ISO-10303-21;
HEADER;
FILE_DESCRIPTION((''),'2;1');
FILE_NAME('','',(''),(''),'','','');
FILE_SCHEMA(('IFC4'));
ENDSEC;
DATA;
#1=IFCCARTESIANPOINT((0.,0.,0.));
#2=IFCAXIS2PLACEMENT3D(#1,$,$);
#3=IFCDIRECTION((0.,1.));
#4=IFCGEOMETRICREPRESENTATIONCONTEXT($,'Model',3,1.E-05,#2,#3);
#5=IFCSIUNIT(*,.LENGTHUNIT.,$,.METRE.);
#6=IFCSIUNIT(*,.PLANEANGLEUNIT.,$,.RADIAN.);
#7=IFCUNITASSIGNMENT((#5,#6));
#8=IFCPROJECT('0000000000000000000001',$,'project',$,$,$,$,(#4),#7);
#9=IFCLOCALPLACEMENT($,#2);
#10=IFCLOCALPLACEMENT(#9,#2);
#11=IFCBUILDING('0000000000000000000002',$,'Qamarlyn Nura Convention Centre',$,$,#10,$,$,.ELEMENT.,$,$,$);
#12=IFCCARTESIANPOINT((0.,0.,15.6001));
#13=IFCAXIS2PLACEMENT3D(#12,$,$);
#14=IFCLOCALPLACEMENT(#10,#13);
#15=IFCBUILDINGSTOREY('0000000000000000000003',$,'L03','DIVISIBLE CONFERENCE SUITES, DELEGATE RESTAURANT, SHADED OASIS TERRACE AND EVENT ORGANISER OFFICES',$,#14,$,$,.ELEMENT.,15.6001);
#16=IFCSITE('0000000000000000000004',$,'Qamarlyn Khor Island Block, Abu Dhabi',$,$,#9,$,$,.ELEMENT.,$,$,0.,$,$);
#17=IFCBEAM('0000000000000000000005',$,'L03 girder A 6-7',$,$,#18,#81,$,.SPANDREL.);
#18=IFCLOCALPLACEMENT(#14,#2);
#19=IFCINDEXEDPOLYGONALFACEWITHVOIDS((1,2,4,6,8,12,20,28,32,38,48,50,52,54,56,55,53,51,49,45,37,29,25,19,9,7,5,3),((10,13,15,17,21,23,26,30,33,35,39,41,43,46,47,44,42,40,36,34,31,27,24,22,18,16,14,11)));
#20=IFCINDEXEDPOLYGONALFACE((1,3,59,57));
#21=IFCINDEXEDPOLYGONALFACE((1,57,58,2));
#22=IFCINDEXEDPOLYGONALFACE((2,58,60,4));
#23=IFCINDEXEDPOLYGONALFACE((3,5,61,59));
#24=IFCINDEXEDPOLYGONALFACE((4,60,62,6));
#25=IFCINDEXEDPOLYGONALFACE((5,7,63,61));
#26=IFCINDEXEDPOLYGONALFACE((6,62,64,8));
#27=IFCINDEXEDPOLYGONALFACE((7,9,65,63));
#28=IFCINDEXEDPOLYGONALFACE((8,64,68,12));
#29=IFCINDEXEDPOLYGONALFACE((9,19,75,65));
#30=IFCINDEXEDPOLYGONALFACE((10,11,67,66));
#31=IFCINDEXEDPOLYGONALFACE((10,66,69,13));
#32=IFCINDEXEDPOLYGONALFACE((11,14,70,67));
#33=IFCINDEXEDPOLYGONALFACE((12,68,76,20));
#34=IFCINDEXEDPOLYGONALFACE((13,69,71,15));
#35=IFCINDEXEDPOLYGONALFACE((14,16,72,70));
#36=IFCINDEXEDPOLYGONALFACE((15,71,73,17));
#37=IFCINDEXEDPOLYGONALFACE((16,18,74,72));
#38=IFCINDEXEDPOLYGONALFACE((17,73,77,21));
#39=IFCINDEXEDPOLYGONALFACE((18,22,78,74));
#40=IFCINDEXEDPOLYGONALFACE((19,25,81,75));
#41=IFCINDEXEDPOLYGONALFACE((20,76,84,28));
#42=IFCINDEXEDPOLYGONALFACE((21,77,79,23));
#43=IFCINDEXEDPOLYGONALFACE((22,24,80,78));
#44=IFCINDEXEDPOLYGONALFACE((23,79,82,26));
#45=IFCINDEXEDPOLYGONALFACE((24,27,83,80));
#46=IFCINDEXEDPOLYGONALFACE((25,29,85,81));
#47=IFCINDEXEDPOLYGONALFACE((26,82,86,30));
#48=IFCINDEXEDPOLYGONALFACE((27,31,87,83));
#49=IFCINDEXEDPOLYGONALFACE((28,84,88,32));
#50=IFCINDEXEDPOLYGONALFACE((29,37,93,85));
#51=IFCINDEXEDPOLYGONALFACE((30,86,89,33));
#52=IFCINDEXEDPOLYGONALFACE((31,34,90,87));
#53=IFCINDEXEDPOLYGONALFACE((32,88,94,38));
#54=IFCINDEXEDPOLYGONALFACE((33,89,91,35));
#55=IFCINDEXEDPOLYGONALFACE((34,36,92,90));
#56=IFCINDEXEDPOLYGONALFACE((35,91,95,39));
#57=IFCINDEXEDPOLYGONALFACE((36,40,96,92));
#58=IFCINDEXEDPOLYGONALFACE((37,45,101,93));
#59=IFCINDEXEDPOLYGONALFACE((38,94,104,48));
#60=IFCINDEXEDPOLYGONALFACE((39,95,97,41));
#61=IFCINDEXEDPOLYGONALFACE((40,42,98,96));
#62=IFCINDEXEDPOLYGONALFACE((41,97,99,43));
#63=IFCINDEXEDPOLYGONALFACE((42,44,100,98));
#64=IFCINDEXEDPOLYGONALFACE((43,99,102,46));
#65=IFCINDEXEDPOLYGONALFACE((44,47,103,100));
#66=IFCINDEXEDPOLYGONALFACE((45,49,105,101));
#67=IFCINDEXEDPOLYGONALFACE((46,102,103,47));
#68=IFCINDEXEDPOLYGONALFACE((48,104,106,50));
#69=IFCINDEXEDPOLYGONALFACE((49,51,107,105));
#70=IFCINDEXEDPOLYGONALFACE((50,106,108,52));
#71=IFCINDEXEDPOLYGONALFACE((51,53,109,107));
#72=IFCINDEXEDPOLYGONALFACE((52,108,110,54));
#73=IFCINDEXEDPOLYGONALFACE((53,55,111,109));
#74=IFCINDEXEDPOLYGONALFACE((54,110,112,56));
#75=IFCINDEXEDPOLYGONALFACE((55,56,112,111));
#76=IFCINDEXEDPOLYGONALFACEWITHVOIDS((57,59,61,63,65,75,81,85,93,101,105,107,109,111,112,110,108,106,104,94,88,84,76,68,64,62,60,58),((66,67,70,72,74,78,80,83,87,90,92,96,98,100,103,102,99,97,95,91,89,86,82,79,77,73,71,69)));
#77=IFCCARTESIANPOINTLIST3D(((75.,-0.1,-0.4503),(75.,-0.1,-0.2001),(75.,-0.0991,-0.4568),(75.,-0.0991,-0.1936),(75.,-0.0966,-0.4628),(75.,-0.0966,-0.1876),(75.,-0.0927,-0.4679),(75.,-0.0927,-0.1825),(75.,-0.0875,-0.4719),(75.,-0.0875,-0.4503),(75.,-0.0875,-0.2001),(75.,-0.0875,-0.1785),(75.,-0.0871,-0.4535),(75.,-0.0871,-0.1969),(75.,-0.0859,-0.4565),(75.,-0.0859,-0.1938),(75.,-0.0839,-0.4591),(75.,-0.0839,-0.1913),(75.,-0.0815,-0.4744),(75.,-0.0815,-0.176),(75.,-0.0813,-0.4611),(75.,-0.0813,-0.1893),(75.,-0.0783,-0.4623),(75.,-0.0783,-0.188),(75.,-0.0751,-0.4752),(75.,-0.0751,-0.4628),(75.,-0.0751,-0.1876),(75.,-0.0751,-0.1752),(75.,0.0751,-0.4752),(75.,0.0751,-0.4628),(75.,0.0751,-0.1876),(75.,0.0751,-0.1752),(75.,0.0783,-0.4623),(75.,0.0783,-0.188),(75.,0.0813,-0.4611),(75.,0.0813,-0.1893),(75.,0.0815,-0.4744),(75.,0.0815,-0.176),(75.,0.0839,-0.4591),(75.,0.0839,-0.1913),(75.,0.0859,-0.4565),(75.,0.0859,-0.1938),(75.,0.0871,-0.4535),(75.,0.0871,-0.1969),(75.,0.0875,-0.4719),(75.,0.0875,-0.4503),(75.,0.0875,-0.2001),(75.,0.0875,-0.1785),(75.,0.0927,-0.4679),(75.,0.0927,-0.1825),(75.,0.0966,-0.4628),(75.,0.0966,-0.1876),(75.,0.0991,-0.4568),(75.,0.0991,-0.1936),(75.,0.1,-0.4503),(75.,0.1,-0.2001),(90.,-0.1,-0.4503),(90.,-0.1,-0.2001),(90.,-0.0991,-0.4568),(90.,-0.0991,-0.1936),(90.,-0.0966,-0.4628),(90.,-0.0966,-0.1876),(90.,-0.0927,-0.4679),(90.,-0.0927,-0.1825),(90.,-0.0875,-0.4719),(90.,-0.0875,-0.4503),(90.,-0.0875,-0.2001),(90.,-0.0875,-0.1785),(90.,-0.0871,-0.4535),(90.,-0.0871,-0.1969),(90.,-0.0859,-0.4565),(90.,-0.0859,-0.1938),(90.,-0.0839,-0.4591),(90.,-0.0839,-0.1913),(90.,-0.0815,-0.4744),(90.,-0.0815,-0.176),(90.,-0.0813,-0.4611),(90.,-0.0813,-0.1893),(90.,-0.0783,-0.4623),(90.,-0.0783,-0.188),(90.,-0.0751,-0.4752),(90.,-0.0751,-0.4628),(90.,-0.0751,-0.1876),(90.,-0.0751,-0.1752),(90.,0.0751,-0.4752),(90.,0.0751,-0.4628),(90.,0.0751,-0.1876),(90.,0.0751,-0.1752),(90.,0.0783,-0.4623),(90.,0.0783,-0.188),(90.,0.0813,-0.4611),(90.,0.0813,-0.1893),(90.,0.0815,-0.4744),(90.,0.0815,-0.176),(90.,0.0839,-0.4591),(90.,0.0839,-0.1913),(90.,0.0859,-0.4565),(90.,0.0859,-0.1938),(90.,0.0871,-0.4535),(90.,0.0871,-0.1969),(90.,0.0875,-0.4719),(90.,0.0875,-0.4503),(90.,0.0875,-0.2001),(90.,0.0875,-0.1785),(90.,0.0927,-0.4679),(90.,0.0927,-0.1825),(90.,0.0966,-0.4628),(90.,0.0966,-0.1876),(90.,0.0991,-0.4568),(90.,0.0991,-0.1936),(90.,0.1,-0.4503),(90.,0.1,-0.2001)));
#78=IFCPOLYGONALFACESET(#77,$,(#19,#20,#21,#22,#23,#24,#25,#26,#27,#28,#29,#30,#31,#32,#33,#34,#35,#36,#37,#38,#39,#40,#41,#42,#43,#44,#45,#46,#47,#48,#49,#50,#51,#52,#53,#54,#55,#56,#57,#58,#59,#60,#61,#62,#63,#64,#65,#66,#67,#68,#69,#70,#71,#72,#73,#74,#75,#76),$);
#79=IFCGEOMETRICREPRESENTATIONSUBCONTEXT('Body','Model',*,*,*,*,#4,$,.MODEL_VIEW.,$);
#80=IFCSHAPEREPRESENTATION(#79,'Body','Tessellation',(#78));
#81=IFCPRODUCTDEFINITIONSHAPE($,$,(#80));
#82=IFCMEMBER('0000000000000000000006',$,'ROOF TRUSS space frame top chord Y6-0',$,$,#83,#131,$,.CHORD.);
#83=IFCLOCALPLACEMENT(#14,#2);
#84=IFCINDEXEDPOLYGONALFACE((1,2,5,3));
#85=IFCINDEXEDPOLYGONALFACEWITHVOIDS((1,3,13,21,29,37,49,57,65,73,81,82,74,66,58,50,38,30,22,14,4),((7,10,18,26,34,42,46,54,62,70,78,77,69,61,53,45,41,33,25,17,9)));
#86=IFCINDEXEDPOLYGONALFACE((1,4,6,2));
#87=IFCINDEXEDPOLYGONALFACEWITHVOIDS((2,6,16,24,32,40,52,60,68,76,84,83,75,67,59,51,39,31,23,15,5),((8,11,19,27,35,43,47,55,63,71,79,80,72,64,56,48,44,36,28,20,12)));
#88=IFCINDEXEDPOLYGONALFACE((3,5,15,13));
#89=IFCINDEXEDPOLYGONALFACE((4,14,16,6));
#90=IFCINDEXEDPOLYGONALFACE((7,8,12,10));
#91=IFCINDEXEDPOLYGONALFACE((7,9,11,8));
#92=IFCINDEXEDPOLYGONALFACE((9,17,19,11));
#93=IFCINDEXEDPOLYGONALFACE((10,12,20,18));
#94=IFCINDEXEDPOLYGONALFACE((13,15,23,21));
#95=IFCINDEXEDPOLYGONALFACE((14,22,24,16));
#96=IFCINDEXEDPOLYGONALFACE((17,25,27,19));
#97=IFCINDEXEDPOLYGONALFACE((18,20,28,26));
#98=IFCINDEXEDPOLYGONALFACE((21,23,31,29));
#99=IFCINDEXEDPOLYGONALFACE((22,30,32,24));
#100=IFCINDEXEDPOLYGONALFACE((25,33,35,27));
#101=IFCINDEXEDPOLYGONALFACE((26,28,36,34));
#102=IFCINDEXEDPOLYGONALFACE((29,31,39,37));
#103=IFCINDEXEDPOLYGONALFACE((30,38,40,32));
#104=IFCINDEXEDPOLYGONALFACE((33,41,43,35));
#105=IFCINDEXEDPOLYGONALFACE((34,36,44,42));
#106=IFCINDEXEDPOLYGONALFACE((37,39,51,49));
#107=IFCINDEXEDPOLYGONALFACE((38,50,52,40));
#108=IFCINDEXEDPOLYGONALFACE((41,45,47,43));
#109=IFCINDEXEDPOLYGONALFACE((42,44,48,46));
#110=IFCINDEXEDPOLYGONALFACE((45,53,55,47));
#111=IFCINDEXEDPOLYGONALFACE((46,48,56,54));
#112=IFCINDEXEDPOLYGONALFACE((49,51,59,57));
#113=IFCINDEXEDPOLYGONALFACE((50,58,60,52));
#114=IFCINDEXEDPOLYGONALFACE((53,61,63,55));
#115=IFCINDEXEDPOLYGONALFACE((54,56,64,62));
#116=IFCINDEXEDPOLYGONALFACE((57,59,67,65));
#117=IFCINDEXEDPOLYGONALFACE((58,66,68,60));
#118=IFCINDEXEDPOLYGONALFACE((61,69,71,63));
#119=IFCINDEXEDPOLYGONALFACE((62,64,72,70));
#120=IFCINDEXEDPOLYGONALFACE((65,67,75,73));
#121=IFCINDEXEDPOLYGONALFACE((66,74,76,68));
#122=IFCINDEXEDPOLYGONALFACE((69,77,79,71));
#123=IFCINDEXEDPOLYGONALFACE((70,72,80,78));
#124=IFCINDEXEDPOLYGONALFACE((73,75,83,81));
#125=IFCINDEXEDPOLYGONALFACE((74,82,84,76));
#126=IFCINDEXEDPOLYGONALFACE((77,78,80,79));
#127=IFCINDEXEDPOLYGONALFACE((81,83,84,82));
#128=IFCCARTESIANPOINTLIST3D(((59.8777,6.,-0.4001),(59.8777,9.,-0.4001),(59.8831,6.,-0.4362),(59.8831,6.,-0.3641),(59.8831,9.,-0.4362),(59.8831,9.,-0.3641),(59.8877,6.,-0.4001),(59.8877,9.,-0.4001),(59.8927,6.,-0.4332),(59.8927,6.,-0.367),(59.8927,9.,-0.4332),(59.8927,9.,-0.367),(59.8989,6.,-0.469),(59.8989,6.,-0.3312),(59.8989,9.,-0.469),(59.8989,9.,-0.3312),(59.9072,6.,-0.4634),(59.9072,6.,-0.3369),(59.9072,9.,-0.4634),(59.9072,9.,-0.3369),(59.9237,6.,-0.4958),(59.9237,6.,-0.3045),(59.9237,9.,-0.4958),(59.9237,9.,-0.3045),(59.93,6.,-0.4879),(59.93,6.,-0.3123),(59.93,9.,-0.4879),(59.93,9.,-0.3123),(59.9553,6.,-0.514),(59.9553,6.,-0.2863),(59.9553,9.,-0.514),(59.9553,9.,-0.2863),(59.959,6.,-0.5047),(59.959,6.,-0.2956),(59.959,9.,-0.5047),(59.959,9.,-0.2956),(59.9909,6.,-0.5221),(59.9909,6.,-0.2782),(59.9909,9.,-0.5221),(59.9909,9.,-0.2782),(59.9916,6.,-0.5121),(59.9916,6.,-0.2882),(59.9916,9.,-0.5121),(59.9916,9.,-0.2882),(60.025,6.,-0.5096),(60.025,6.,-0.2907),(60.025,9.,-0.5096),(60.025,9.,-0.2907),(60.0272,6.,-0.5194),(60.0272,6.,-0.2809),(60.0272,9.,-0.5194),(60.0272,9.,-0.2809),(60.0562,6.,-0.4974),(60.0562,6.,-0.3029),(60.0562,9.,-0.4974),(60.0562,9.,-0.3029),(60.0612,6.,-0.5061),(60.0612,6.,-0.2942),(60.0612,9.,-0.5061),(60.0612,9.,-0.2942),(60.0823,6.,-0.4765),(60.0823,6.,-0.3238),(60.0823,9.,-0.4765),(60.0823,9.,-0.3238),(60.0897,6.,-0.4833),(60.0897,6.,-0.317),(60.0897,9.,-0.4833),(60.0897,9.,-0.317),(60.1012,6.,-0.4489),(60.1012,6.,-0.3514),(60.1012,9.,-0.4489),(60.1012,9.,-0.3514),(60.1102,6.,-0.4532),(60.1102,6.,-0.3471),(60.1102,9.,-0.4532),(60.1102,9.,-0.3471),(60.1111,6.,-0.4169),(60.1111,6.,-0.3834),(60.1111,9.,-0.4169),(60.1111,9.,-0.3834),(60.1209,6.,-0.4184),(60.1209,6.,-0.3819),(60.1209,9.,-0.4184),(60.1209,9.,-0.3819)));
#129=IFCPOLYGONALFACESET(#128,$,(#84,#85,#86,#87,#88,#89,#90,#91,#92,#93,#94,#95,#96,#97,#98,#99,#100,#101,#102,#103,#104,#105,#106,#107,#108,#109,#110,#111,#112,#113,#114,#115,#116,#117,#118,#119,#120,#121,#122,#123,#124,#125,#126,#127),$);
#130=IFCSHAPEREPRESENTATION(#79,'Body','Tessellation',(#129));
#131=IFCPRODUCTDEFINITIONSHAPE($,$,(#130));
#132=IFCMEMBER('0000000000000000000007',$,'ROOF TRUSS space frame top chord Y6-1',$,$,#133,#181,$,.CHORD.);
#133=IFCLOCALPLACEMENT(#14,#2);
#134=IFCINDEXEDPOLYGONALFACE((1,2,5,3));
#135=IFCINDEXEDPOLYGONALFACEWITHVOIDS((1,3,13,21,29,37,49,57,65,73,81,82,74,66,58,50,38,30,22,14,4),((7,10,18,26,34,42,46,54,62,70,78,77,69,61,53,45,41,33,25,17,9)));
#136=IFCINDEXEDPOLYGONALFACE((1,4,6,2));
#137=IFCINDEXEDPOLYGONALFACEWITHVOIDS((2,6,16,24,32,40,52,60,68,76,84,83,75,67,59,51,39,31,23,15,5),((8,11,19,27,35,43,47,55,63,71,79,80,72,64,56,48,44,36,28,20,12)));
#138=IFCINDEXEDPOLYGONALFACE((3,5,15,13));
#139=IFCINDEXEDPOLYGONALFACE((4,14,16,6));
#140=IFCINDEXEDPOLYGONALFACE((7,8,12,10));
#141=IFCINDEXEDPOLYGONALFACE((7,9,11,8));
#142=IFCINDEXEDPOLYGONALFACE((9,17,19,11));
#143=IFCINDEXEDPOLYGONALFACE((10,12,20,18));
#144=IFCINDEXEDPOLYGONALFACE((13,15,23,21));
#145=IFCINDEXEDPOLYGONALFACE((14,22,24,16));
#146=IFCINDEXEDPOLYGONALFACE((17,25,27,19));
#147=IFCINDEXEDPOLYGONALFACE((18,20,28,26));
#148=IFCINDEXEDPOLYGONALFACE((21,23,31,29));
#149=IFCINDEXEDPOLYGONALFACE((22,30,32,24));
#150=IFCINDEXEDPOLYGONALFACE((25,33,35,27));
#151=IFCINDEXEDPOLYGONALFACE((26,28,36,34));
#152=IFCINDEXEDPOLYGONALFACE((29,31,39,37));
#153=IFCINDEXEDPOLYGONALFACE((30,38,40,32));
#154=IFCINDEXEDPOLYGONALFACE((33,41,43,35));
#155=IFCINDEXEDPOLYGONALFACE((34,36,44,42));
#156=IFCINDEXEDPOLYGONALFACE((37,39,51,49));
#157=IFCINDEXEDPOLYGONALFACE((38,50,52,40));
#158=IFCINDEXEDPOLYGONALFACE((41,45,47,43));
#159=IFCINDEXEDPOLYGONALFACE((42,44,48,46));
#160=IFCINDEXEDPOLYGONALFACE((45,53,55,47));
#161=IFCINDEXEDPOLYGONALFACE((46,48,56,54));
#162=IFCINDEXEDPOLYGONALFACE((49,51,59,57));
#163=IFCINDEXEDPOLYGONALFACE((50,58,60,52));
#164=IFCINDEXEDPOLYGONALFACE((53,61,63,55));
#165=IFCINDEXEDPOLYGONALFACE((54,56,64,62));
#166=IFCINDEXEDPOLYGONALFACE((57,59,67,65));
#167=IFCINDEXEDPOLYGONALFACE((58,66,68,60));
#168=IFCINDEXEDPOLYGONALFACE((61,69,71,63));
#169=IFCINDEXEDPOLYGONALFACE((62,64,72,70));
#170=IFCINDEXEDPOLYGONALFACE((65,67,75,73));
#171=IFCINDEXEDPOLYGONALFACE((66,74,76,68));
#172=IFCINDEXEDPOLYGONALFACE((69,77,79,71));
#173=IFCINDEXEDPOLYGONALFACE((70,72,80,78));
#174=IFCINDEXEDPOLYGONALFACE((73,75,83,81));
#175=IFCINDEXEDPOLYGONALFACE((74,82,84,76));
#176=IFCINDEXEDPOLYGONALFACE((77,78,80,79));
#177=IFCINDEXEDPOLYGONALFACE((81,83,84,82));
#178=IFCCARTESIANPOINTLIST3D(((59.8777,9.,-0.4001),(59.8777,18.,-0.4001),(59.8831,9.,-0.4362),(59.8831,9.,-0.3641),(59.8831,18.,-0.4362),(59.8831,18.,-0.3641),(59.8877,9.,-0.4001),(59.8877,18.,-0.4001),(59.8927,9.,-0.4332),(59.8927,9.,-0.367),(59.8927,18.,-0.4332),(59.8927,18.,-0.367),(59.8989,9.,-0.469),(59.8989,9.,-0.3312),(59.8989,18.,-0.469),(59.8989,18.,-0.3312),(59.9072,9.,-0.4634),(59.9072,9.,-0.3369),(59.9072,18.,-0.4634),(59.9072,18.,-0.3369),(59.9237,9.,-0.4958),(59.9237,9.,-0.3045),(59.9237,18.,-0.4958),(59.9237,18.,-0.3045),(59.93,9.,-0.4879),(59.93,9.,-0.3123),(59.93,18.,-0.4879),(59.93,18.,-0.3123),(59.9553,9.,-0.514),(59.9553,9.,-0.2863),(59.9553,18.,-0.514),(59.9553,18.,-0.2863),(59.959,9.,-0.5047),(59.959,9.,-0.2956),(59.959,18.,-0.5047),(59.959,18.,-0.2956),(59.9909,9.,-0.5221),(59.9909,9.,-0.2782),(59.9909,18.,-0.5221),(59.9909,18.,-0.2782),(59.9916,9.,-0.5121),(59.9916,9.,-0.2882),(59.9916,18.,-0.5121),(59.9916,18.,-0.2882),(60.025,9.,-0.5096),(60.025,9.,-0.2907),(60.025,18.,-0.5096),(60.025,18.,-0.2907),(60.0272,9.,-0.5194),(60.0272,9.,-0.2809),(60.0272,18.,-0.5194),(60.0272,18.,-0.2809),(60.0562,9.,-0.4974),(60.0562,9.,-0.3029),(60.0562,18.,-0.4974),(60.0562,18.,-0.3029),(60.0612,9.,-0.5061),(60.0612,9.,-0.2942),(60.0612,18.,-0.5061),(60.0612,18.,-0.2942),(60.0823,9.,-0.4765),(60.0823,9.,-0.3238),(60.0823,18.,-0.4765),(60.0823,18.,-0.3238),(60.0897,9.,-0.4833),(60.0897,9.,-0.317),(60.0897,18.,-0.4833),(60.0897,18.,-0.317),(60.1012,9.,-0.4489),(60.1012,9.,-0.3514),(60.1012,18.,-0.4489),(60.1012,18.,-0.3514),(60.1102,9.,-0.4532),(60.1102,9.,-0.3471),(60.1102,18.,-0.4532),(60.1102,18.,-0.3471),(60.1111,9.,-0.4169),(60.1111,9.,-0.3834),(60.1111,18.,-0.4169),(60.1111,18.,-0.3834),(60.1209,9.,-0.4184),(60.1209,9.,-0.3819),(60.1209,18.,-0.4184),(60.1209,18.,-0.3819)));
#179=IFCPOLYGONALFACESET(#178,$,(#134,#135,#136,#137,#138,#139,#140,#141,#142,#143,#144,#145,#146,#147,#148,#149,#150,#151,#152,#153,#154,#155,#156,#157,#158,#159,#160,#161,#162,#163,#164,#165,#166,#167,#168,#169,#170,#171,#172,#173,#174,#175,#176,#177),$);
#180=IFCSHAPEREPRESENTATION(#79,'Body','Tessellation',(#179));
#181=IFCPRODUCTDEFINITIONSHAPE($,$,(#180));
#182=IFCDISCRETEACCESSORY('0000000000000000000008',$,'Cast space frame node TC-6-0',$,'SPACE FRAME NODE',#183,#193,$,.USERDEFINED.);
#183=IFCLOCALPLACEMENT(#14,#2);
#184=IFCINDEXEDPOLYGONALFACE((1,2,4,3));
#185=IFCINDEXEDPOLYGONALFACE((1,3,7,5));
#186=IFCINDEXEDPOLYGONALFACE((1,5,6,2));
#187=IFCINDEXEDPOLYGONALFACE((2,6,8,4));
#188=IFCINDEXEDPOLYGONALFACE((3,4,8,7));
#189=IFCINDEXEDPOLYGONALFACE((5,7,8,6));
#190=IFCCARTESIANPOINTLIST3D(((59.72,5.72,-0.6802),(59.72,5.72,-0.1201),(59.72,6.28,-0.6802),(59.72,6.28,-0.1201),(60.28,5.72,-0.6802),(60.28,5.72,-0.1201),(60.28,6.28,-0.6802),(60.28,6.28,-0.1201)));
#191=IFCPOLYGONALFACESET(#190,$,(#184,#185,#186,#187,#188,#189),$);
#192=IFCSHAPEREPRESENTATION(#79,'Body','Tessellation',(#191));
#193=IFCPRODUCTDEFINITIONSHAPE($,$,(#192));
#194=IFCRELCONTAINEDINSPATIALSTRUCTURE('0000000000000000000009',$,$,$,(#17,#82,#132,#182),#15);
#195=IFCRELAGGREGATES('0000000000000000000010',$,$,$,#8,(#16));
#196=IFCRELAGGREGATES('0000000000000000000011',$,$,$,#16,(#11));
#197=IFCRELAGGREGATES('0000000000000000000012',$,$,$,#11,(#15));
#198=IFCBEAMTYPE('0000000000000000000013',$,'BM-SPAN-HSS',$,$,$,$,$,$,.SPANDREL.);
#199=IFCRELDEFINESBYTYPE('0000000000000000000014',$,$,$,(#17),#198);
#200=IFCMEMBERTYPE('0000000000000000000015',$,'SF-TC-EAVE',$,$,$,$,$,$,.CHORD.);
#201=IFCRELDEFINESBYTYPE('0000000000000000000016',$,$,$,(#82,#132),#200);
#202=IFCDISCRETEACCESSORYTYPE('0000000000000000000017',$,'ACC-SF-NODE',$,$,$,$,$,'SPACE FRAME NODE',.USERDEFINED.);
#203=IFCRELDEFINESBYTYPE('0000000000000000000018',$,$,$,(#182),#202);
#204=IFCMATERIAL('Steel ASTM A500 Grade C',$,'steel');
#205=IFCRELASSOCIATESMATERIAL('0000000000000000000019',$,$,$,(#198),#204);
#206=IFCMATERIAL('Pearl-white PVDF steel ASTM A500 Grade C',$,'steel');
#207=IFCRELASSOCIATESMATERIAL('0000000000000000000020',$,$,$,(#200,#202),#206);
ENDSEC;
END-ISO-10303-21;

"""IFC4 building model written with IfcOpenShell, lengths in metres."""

from ifc_helpers import new_model, si_unit, direction, frame, origin, origin_2d, place, context, subcontext, project, spatial, rectangle, hollow_rectangle, hollow_circle, extrude, material, material_profile, profile_set, type_object, element, save


model = new_model("IFC4")

# Units and contexts
model_context = context("Model", 3, precision=1e-05, world=origin(), true_north=direction((0.0, 1.0)))
body_context = subcontext(model_context, "Body", "Model", "MODEL_VIEW")
ifc_project = project(units=[si_unit("LENGTHUNIT", "METRE"), si_unit("PLANEANGLEUNIT", "RADIAN")], contexts=[model_context])

# Site, building, storey
site_placement = place(None, origin())
site = spatial("IfcSite", under=ifc_project, at=site_placement, Name="Qamarlyn Khor Island Block, Abu Dhabi", CompositionType="ELEMENT", RefElevation=0.0)
building_placement = place(site_placement, origin())
building = spatial("IfcBuilding", under=site, at=building_placement, Name="Qamarlyn Nura Convention Centre", CompositionType="ELEMENT")
storey_placement = place(building_placement, frame((0.0, 0.0, 15.6001)))
storey = spatial("IfcBuildingStorey", under=building, at=storey_placement, Name="L03", Description="DIVISIBLE CONFERENCE SUITES, DELEGATE RESTAURANT, SHADED OASIS TERRACE AND EVENT ORGANISER OFFICES", CompositionType="ELEMENT", Elevation=15.6001)

# Beam
ifc_material_1 = material(Name="Steel ASTM A500 Grade C", Category="steel")
ifc_material_profile_1 = material_profile(ifc_material_1, hollow_rectangle(XDim=0.2, YDim=0.3, WallThickness=0.0125, InnerFilletRadius=0.0125, OuterFilletRadius=0.0249, at=origin_2d()), Name="HSS300X200X12.5")
ifc_profile_set_1 = profile_set([ifc_material_profile_1], Name="Steel ASTM A500 Grade C")
beam_type_1 = type_object("IfcBeamType", Name="BM-SPAN-HSS", PredefinedType="SPANDREL", material=ifc_profile_set_1)
beam_1_placement = place(storey_placement, frame((75.0, 0.0, -0.3252), z_axis=(1.0, 0.0, 0.0), x_axis=(0.0, 1.0, 0.0)))
element("IfcBeam", 1, at=beam_1_placement, inside=storey, type_object=beam_type_1, Name="L03 girder A 6-7", PredefinedType="SPANDREL", context=body_context, shape_type="SweptSolid", body=[
    extrude(hollow_rectangle(XDim=0.2, YDim=0.3, WallThickness=0.0125, InnerFilletRadius=0.0125, OuterFilletRadius=0.0249, at=origin_2d()), origin(), (0.0, 0.0, 1.0), 15.0),
])

# Members
ifc_material_2 = material(Name="Pearl-white PVDF steel ASTM A500 Grade C", Category="steel")
ifc_material_profile_2 = material_profile(ifc_material_2, hollow_circle(Radius=0.1223, WallThickness=0.01, at=origin_2d()), Name="CHS244.5X10")
ifc_profile_set_2 = profile_set([ifc_material_profile_2], Name="Pearl-white PVDF steel ASTM A500 Grade C")
member_type = type_object("IfcMemberType", Name="SF-TC-EAVE", PredefinedType="CHORD", material=ifc_profile_set_2)
member_1_placement = place(storey_placement, frame((60.0, 6.0, -0.4001), z_axis=(0.0, 1.0, 0.0), x_axis=(-1.0, 0.0, 0.0)))
element("IfcMember", 2, at=member_1_placement, inside=storey, type_object=member_type, Name="ROOF TRUSS space frame top chord Y6-0", PredefinedType="CHORD", context=body_context, shape_type="SweptSolid", body=[
    extrude(hollow_circle(Radius=0.1223, WallThickness=0.01, at=origin_2d()), origin(), (0.0, 0.0, 1.0), 3.0),
])
member_2_placement = place(storey_placement, frame((60.0, 9.0, -0.4001), z_axis=(0.0, 1.0, 0.0), x_axis=(-1.0, 0.0, 0.0)))
element("IfcMember", 3, at=member_2_placement, inside=storey, type_object=member_type, Name="ROOF TRUSS space frame top chord Y6-1", PredefinedType="CHORD", context=body_context, shape_type="SweptSolid", body=[
    extrude(hollow_circle(Radius=0.1223, WallThickness=0.01, at=origin_2d()), origin(), (0.0, 0.0, 1.0), 9.0),
])

# Discrete accessory
discrete_accessory_type = type_object("IfcDiscreteAccessoryType", Name="ACC-SF-NODE", ElementType="SPACE FRAME NODE", PredefinedType="USERDEFINED", material=ifc_material_2)
for number, where, z_axis, x_axis, name in (
    (4, (60.0, 6.0, -0.6802), (0.0, 0.0, 1.0), (1.0, 0.0, 0.0), "Cast space frame node TC-6-0"),
):
    element("IfcDiscreteAccessory", number, at=place(storey_placement, frame(where, z_axis=z_axis, x_axis=x_axis)), inside=storey, type_object=discrete_accessory_type, Name=name, ObjectType="SPACE FRAME NODE", PredefinedType="USERDEFINED", context=body_context, shape_type="SweptSolid", body=[
        extrude(rectangle(XDim=0.5601, YDim=0.5601, at=origin_2d()), origin(), (0.0, 0.0, 1.0), 0.5601),
    ])

save(model, "model.ifc")
